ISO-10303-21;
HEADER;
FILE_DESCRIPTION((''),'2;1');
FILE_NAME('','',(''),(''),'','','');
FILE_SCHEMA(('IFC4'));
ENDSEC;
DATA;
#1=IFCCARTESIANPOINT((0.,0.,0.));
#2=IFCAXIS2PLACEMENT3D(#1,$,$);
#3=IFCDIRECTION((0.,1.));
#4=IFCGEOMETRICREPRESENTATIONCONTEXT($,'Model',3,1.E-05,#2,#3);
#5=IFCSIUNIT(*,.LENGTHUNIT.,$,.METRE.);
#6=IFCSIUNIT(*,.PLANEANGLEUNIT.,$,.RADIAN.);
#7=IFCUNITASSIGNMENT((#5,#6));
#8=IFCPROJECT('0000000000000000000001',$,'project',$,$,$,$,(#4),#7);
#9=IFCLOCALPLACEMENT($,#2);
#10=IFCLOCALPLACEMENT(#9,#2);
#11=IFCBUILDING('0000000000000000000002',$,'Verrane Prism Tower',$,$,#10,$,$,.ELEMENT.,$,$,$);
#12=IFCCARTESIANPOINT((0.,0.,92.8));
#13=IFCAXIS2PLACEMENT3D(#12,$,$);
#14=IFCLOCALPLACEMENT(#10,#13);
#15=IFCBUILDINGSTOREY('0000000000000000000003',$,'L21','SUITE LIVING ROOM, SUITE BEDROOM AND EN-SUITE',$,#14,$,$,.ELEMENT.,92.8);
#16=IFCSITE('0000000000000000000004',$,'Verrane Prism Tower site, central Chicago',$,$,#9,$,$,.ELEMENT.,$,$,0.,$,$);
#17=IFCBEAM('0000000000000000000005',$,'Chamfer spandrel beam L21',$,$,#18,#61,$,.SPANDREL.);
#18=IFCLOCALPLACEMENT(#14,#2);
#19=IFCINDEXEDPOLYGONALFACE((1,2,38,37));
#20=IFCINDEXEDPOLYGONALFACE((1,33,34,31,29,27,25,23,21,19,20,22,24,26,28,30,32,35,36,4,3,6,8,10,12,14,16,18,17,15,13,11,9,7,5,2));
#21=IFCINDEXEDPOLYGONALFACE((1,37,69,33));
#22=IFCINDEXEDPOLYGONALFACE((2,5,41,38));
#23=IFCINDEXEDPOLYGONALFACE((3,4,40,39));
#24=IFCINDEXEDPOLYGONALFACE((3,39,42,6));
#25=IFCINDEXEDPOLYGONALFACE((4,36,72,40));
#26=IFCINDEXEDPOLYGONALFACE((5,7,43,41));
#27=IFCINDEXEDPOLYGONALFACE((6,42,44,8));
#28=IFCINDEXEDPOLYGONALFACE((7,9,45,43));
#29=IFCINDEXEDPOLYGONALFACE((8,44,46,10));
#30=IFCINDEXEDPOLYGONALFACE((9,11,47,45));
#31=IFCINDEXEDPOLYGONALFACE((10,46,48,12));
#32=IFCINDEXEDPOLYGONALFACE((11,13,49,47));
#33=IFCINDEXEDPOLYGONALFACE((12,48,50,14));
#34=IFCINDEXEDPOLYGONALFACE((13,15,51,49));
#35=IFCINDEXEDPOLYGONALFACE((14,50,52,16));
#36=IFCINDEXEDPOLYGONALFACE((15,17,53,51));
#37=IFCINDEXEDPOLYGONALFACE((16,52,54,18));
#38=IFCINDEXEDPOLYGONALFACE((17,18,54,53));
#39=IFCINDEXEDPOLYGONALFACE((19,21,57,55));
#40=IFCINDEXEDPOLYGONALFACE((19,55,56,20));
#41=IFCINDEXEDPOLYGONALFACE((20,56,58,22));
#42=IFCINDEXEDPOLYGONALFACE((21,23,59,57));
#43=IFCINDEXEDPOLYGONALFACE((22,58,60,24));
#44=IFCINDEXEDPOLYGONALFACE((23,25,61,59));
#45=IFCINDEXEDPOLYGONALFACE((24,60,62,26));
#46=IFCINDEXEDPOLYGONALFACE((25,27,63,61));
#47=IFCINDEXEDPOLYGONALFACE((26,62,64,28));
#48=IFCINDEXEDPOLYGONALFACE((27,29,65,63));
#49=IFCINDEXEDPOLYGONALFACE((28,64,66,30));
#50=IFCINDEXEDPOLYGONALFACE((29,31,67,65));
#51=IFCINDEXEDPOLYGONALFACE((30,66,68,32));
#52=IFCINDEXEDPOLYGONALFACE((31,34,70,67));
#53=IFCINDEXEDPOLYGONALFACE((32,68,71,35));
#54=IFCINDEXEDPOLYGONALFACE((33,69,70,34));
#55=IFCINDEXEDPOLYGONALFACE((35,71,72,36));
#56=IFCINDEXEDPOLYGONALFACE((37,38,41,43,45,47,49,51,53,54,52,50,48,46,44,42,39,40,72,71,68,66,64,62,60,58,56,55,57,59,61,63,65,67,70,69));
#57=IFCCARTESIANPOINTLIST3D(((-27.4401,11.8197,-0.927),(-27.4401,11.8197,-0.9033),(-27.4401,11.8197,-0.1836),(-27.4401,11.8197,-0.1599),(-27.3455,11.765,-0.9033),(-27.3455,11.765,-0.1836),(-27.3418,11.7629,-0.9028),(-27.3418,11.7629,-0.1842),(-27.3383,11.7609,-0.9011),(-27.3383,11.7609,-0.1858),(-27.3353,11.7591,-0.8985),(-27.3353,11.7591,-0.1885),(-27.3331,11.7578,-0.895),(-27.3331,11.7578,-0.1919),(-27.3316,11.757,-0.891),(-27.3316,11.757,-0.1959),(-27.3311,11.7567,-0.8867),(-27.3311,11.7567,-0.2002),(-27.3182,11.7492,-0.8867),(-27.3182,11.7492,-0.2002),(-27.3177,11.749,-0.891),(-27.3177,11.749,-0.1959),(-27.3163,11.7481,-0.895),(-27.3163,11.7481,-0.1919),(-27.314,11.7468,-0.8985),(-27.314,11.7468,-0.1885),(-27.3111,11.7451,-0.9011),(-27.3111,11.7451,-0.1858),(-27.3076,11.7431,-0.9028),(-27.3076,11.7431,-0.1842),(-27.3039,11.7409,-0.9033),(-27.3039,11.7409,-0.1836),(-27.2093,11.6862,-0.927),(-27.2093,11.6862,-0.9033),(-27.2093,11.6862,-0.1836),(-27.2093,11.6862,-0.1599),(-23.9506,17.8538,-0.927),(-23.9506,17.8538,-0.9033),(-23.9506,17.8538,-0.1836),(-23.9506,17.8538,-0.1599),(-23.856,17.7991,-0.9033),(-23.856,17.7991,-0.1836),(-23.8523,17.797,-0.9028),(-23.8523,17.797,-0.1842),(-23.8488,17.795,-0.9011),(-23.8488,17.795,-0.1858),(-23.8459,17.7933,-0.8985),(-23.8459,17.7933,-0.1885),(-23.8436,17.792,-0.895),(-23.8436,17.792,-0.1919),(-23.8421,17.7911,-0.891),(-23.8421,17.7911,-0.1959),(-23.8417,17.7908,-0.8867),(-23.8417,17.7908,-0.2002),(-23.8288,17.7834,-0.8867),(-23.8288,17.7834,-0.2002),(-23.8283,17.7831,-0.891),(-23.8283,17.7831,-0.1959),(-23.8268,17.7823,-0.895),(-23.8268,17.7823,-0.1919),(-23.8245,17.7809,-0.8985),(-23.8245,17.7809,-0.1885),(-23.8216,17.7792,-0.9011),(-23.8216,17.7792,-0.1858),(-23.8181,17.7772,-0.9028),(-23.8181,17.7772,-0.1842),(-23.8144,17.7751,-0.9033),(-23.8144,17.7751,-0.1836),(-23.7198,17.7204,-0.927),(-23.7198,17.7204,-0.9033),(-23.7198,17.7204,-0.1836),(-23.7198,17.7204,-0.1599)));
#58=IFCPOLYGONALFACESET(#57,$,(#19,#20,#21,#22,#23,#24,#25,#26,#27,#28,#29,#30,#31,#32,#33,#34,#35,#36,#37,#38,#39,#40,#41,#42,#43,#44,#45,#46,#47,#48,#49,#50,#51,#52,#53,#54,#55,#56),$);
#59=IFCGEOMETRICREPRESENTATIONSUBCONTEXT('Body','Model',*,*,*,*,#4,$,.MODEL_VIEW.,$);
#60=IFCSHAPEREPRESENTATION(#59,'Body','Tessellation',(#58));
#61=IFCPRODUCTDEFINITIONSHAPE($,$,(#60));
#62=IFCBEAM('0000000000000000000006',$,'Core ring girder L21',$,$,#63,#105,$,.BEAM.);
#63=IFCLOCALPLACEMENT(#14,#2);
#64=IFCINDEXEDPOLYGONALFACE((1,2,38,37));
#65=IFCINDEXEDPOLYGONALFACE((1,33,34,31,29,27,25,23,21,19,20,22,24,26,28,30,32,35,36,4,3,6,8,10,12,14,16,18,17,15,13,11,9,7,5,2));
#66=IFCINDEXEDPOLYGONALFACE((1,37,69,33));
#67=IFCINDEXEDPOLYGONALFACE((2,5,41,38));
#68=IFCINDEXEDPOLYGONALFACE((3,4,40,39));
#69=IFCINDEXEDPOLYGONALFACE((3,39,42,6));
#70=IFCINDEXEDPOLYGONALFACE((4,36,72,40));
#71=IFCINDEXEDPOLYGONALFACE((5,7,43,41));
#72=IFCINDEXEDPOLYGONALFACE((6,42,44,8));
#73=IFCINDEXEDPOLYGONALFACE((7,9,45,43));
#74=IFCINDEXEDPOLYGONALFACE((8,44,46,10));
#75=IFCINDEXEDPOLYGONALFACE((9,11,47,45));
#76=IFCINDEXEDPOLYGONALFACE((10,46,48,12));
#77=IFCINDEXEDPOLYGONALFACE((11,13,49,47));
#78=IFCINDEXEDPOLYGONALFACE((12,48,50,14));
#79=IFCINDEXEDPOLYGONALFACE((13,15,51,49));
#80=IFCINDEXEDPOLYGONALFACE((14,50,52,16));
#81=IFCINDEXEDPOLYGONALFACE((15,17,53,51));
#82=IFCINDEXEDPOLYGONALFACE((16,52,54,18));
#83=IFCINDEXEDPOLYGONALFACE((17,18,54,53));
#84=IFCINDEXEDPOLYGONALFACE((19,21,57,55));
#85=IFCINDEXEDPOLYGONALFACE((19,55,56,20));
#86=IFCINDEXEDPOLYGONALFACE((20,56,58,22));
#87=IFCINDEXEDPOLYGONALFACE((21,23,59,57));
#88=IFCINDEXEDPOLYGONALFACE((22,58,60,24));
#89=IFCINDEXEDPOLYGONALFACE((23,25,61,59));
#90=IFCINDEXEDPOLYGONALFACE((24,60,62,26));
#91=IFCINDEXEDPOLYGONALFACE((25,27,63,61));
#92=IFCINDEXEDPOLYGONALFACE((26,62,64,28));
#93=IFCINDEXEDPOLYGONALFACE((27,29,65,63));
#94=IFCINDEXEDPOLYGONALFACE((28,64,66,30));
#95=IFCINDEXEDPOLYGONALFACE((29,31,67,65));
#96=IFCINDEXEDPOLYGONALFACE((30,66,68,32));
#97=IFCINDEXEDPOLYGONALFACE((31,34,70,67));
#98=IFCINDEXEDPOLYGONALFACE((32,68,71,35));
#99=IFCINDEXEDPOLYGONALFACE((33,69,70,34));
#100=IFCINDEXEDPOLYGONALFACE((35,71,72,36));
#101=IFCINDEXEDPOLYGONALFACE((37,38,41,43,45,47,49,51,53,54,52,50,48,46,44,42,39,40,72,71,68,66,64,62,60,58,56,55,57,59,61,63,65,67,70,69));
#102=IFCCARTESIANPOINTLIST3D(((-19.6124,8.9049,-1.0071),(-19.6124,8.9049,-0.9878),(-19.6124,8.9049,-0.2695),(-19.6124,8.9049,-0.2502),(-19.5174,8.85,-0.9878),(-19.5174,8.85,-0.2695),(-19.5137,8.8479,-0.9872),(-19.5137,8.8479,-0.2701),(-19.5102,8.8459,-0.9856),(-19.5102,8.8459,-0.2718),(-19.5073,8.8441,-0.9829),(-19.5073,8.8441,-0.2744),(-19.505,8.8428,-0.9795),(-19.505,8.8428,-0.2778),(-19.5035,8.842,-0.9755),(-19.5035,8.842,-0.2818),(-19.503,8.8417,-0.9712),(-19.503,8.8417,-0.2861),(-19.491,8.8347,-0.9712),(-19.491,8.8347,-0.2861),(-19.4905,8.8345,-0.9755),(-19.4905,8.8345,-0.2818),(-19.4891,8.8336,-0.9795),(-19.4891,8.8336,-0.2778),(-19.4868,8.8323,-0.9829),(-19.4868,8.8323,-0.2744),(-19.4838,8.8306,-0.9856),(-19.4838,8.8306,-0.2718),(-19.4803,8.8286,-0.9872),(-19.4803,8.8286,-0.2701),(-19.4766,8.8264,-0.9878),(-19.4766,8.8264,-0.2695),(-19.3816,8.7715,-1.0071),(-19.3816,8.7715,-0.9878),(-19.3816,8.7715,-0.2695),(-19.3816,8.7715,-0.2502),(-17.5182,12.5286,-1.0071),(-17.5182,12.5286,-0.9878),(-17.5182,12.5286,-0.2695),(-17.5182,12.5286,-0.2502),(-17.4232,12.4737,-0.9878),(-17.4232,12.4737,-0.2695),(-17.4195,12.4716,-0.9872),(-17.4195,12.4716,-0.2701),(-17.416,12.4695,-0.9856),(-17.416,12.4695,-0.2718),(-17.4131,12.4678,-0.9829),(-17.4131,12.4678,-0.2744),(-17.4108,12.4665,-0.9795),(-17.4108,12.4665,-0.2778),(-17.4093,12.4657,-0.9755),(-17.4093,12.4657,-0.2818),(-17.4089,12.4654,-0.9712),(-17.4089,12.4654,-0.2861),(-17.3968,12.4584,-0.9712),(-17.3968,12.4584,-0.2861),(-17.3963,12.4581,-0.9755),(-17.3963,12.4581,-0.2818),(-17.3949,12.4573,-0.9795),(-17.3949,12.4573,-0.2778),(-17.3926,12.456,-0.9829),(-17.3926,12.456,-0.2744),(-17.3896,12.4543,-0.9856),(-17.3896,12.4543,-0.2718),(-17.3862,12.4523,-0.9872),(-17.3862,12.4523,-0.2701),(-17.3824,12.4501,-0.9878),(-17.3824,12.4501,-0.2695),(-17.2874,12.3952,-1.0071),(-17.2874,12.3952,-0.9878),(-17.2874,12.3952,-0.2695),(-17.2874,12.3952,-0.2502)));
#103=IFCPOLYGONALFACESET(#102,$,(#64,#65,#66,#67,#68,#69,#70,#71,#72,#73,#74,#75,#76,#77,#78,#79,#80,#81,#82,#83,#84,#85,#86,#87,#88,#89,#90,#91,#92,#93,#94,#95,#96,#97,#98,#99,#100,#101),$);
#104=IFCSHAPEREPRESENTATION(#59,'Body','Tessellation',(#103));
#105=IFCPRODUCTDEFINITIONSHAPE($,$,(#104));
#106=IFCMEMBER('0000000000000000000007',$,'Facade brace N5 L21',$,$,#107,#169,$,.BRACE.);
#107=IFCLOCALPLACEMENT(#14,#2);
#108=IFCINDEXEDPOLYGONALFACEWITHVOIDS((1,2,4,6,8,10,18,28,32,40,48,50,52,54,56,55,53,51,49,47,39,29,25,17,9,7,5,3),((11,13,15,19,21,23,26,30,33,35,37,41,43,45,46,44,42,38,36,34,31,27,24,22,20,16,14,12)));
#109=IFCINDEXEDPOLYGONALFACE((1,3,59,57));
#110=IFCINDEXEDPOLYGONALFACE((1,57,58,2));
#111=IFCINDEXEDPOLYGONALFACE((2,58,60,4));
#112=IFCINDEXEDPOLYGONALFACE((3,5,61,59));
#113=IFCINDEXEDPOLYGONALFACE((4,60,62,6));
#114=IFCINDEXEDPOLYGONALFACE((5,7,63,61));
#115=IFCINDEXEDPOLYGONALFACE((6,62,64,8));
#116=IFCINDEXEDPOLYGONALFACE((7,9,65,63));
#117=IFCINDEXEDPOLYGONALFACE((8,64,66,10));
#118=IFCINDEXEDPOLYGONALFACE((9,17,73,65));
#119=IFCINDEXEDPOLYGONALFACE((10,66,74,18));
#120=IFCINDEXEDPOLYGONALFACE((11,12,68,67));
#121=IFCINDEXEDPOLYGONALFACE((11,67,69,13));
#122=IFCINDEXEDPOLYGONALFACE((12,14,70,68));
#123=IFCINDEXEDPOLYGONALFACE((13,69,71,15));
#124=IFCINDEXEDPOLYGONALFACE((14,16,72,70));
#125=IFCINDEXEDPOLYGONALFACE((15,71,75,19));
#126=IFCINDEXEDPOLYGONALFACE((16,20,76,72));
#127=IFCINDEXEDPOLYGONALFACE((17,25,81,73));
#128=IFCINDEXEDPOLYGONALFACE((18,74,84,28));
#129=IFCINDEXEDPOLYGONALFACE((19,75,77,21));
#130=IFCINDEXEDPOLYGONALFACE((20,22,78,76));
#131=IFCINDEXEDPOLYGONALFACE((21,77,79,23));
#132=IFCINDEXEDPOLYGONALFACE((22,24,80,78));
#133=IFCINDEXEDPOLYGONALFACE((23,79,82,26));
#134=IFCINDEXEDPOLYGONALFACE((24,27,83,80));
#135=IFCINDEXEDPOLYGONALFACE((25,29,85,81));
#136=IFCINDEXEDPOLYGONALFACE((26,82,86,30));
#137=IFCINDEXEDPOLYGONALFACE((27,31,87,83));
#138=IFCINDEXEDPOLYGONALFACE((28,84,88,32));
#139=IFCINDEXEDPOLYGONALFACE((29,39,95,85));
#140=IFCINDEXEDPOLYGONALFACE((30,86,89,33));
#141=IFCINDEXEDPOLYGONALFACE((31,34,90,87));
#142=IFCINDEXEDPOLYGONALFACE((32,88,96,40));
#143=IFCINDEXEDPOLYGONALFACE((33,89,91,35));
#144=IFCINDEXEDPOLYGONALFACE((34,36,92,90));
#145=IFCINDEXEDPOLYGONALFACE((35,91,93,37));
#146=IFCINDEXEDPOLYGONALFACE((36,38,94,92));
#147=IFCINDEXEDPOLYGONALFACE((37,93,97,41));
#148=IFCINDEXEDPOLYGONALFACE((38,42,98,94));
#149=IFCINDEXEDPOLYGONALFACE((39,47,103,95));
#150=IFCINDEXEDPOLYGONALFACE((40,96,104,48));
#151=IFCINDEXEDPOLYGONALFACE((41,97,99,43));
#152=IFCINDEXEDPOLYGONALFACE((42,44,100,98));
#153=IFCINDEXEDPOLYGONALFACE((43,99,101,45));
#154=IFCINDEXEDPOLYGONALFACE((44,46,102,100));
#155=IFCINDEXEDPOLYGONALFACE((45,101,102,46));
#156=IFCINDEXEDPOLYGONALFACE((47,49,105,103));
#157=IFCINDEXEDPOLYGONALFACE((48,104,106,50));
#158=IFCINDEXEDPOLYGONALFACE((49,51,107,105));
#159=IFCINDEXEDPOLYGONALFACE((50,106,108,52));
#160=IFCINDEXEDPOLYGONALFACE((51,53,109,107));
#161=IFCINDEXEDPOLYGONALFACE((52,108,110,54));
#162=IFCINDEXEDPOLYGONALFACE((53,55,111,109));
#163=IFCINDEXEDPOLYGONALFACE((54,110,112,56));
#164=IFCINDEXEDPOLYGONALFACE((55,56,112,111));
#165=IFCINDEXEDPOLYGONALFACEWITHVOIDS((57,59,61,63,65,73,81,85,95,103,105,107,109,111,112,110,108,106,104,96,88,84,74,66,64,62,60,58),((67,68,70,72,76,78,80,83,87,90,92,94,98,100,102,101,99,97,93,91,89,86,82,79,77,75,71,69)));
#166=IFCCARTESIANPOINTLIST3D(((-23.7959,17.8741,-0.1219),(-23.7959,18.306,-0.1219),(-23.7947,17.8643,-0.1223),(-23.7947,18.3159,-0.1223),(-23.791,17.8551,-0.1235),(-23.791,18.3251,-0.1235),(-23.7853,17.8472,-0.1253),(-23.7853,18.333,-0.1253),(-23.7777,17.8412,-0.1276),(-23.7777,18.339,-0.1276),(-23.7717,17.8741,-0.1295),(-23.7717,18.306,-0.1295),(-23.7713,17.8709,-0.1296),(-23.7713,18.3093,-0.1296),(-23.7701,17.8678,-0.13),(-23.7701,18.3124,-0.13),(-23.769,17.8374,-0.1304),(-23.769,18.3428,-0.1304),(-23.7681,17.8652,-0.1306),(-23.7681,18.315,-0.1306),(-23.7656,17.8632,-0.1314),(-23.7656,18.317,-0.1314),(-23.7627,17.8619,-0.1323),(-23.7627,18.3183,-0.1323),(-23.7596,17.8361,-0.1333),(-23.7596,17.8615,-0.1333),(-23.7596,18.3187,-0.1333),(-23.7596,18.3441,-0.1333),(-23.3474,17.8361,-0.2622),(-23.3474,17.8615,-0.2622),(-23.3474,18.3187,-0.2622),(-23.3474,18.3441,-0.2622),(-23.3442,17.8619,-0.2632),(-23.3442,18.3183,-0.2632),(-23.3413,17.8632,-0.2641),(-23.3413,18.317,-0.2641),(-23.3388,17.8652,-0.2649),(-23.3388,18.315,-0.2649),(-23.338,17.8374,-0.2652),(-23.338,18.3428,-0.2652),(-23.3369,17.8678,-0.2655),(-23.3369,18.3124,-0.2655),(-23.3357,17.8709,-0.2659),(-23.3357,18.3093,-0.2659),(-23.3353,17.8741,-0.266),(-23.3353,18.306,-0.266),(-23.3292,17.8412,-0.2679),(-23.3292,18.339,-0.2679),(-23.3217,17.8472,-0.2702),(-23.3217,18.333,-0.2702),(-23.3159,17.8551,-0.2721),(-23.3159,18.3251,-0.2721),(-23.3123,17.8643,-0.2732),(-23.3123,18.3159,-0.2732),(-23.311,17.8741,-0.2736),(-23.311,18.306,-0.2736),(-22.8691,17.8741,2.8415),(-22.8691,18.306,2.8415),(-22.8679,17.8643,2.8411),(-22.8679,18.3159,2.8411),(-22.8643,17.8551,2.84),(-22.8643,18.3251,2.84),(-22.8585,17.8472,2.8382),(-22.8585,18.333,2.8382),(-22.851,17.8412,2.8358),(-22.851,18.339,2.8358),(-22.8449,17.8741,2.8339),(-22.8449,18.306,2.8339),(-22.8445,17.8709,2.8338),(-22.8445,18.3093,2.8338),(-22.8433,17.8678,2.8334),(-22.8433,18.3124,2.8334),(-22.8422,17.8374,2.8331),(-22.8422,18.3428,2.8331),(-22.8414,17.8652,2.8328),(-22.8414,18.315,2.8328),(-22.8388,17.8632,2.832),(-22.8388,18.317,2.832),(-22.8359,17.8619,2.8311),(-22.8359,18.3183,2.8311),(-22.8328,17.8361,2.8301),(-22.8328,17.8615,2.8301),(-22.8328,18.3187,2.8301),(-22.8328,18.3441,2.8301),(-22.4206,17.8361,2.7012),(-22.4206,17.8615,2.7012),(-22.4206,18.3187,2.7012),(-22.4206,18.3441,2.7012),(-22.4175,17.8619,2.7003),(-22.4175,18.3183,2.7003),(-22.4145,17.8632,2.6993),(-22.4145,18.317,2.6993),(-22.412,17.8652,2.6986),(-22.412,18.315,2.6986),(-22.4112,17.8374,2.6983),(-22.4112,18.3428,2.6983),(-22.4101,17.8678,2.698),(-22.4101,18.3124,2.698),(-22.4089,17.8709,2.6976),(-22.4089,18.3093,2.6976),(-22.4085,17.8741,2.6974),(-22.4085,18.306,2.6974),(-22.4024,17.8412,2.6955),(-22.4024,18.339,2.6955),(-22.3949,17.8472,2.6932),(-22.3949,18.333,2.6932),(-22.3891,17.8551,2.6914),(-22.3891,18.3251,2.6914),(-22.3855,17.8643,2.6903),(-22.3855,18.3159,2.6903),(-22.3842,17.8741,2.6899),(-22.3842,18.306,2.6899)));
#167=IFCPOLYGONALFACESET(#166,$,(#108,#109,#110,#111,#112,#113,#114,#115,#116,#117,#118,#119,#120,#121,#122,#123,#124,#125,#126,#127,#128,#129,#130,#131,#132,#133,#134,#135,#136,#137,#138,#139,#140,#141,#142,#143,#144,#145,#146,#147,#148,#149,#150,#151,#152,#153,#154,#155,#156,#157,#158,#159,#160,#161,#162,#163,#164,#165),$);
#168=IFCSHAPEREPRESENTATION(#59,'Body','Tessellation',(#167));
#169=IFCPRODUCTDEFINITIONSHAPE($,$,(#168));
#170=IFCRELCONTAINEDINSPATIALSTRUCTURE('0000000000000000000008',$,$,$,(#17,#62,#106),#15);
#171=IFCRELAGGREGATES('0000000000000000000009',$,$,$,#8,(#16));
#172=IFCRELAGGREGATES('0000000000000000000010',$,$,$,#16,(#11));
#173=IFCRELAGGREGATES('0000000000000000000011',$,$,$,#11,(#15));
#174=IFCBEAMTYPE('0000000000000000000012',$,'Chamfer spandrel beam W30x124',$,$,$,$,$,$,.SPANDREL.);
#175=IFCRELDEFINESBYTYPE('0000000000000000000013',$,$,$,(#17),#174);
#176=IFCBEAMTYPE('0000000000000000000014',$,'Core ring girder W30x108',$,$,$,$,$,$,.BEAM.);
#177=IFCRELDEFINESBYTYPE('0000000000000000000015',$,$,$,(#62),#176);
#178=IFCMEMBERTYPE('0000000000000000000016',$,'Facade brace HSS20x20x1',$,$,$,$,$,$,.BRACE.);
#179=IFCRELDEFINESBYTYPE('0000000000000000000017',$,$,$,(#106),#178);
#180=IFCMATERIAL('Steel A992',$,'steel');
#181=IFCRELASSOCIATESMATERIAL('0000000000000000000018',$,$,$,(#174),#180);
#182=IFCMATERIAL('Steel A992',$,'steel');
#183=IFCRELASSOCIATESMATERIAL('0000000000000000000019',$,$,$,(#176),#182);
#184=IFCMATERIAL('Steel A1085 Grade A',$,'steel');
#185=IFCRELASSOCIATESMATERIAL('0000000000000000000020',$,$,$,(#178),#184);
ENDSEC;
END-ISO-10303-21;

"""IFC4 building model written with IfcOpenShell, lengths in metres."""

from ifc_helpers import new_model, si_unit, direction, frame, origin, origin_2d, place, context, subcontext, project, spatial, hollow_rectangle, i_section, extrude, material, material_profile, profile_set, type_object, element, save


model = new_model("IFC4")

# Units and contexts
model_context = context("Model", 3, precision=1e-05, world=origin(), true_north=direction((0.0, 1.0)))
body_context = subcontext(model_context, "Body", "Model", "MODEL_VIEW")
ifc_project = project(units=[si_unit("LENGTHUNIT", "METRE"), si_unit("PLANEANGLEUNIT", "RADIAN")], contexts=[model_context])

# Site, building, storey
site_placement = place(None, origin())
site = spatial("IfcSite", under=ifc_project, at=site_placement, Name="Verrane Prism Tower site, central Chicago", CompositionType="ELEMENT", RefElevation=0.0)
building_placement = place(site_placement, origin())
building = spatial("IfcBuilding", under=site, at=building_placement, Name="Verrane Prism Tower", CompositionType="ELEMENT")
storey_placement = place(building_placement, frame((0.0, 0.0, 92.8)))
storey = spatial("IfcBuildingStorey", under=building, at=storey_placement, Name="L21", Description="SUITE LIVING ROOM, SUITE BEDROOM AND EN-SUITE", CompositionType="ELEMENT", Elevation=92.8)

# Beams
ifc_material_1 = material(Name="Steel A992", Category="steel")
ifc_material_profile_1 = material_profile(ifc_material_1, i_section(OverallWidth=0.2666, OverallDepth=0.7671, WebThickness=0.0149, FlangeThickness=0.0237, FilletRadius=0.0166, at=origin_2d()), Name="W30x124")
ifc_profile_set_1 = profile_set([ifc_material_profile_1], Name="Steel A992")
beam_type_1 = type_object("IfcBeamType", Name="Chamfer spandrel beam W30x124", PredefinedType="SPANDREL", material=ifc_profile_set_1)
beam_1_placement = place(storey_placement, frame((-23.8352, 17.7871, -0.5435), z_axis=(-0.50061, -0.865673, 0.0), x_axis=(0.865673, -0.50061, 0.0)))
element("IfcBeam", 1, at=beam_1_placement, inside=storey, type_object=beam_type_1, Name="Chamfer spandrel beam L21", PredefinedType="SPANDREL", context=body_context, shape_type="SweptSolid", body=[
    extrude(i_section(OverallWidth=0.2666, OverallDepth=0.7671, WebThickness=0.0149, FlangeThickness=0.0237, FilletRadius=0.0166, at=origin_2d()), origin(), (0.0, 0.0, 1.0), 6.9705),
])
ifc_material_2 = material(Name="Steel A992", Category="steel")
ifc_material_profile_2 = material_profile(ifc_material_2, i_section(OverallWidth=0.2666, OverallDepth=0.7568, WebThickness=0.0139, FlangeThickness=0.0193, FilletRadius=0.0166, at=origin_2d()), Name="W30x108")
ifc_profile_set_2 = profile_set([ifc_material_profile_2], Name="Steel A992")
beam_type_2 = type_object("IfcBeamType", Name="Core ring girder W30x108", PredefinedType="BEAM", material=ifc_profile_set_2)
beam_2_placement = place(storey_placement, frame((-17.4028, 12.4619, -0.6287), z_axis=(-0.500367, -0.865813, 0.0), x_axis=(0.865813, -0.500367, 0.0)))
element("IfcBeam", 2, at=beam_2_placement, inside=storey, type_object=beam_type_2, Name="Core ring girder L21", PredefinedType="BEAM", context=body_context, shape_type="SweptSolid", body=[
    extrude(i_section(OverallWidth=0.2666, OverallDepth=0.7568, WebThickness=0.0139, FlangeThickness=0.0193, FilletRadius=0.0166, at=origin_2d()), origin(), (0.0, 0.0, 1.0), 4.1853),
])

# Member
ifc_material_3 = material(Name="Steel A1085 Grade A", Category="steel")
ifc_material_profile_3 = material_profile(ifc_material_3, hollow_rectangle(XDim=0.5081, YDim=0.5081, WallThickness=0.0254, InnerFilletRadius=0.0127, OuterFilletRadius=0.0381, at=origin_2d()), Name="HSS20x20x1")
ifc_profile_set_3 = profile_set([ifc_material_profile_3], Name="Steel A1085 Grade A")
member_type_1 = type_object("IfcMemberType", Name="Facade brace HSS20x20x1", PredefinedType="BRACE", material=ifc_profile_set_3)
member_1_placement = place(storey_placement, frame((-23.5535, 18.0901, -0.1978), z_axis=(0.298481, 0.0, 0.954416), x_axis=(0.0, 1.0, 0.0)))
element("IfcMember", 3, at=member_1_placement, inside=storey, type_object=member_type_1, Name="Facade brace N5 L21", PredefinedType="BRACE", context=body_context, shape_type="SweptSolid", body=[
    extrude(hollow_rectangle(XDim=0.5081, YDim=0.5081, WallThickness=0.0254, InnerFilletRadius=0.0127, OuterFilletRadius=0.0381, at=origin_2d()), origin(), (0.0, 0.0, 1.0), 3.105),
])

save(model, "model.ifc")
